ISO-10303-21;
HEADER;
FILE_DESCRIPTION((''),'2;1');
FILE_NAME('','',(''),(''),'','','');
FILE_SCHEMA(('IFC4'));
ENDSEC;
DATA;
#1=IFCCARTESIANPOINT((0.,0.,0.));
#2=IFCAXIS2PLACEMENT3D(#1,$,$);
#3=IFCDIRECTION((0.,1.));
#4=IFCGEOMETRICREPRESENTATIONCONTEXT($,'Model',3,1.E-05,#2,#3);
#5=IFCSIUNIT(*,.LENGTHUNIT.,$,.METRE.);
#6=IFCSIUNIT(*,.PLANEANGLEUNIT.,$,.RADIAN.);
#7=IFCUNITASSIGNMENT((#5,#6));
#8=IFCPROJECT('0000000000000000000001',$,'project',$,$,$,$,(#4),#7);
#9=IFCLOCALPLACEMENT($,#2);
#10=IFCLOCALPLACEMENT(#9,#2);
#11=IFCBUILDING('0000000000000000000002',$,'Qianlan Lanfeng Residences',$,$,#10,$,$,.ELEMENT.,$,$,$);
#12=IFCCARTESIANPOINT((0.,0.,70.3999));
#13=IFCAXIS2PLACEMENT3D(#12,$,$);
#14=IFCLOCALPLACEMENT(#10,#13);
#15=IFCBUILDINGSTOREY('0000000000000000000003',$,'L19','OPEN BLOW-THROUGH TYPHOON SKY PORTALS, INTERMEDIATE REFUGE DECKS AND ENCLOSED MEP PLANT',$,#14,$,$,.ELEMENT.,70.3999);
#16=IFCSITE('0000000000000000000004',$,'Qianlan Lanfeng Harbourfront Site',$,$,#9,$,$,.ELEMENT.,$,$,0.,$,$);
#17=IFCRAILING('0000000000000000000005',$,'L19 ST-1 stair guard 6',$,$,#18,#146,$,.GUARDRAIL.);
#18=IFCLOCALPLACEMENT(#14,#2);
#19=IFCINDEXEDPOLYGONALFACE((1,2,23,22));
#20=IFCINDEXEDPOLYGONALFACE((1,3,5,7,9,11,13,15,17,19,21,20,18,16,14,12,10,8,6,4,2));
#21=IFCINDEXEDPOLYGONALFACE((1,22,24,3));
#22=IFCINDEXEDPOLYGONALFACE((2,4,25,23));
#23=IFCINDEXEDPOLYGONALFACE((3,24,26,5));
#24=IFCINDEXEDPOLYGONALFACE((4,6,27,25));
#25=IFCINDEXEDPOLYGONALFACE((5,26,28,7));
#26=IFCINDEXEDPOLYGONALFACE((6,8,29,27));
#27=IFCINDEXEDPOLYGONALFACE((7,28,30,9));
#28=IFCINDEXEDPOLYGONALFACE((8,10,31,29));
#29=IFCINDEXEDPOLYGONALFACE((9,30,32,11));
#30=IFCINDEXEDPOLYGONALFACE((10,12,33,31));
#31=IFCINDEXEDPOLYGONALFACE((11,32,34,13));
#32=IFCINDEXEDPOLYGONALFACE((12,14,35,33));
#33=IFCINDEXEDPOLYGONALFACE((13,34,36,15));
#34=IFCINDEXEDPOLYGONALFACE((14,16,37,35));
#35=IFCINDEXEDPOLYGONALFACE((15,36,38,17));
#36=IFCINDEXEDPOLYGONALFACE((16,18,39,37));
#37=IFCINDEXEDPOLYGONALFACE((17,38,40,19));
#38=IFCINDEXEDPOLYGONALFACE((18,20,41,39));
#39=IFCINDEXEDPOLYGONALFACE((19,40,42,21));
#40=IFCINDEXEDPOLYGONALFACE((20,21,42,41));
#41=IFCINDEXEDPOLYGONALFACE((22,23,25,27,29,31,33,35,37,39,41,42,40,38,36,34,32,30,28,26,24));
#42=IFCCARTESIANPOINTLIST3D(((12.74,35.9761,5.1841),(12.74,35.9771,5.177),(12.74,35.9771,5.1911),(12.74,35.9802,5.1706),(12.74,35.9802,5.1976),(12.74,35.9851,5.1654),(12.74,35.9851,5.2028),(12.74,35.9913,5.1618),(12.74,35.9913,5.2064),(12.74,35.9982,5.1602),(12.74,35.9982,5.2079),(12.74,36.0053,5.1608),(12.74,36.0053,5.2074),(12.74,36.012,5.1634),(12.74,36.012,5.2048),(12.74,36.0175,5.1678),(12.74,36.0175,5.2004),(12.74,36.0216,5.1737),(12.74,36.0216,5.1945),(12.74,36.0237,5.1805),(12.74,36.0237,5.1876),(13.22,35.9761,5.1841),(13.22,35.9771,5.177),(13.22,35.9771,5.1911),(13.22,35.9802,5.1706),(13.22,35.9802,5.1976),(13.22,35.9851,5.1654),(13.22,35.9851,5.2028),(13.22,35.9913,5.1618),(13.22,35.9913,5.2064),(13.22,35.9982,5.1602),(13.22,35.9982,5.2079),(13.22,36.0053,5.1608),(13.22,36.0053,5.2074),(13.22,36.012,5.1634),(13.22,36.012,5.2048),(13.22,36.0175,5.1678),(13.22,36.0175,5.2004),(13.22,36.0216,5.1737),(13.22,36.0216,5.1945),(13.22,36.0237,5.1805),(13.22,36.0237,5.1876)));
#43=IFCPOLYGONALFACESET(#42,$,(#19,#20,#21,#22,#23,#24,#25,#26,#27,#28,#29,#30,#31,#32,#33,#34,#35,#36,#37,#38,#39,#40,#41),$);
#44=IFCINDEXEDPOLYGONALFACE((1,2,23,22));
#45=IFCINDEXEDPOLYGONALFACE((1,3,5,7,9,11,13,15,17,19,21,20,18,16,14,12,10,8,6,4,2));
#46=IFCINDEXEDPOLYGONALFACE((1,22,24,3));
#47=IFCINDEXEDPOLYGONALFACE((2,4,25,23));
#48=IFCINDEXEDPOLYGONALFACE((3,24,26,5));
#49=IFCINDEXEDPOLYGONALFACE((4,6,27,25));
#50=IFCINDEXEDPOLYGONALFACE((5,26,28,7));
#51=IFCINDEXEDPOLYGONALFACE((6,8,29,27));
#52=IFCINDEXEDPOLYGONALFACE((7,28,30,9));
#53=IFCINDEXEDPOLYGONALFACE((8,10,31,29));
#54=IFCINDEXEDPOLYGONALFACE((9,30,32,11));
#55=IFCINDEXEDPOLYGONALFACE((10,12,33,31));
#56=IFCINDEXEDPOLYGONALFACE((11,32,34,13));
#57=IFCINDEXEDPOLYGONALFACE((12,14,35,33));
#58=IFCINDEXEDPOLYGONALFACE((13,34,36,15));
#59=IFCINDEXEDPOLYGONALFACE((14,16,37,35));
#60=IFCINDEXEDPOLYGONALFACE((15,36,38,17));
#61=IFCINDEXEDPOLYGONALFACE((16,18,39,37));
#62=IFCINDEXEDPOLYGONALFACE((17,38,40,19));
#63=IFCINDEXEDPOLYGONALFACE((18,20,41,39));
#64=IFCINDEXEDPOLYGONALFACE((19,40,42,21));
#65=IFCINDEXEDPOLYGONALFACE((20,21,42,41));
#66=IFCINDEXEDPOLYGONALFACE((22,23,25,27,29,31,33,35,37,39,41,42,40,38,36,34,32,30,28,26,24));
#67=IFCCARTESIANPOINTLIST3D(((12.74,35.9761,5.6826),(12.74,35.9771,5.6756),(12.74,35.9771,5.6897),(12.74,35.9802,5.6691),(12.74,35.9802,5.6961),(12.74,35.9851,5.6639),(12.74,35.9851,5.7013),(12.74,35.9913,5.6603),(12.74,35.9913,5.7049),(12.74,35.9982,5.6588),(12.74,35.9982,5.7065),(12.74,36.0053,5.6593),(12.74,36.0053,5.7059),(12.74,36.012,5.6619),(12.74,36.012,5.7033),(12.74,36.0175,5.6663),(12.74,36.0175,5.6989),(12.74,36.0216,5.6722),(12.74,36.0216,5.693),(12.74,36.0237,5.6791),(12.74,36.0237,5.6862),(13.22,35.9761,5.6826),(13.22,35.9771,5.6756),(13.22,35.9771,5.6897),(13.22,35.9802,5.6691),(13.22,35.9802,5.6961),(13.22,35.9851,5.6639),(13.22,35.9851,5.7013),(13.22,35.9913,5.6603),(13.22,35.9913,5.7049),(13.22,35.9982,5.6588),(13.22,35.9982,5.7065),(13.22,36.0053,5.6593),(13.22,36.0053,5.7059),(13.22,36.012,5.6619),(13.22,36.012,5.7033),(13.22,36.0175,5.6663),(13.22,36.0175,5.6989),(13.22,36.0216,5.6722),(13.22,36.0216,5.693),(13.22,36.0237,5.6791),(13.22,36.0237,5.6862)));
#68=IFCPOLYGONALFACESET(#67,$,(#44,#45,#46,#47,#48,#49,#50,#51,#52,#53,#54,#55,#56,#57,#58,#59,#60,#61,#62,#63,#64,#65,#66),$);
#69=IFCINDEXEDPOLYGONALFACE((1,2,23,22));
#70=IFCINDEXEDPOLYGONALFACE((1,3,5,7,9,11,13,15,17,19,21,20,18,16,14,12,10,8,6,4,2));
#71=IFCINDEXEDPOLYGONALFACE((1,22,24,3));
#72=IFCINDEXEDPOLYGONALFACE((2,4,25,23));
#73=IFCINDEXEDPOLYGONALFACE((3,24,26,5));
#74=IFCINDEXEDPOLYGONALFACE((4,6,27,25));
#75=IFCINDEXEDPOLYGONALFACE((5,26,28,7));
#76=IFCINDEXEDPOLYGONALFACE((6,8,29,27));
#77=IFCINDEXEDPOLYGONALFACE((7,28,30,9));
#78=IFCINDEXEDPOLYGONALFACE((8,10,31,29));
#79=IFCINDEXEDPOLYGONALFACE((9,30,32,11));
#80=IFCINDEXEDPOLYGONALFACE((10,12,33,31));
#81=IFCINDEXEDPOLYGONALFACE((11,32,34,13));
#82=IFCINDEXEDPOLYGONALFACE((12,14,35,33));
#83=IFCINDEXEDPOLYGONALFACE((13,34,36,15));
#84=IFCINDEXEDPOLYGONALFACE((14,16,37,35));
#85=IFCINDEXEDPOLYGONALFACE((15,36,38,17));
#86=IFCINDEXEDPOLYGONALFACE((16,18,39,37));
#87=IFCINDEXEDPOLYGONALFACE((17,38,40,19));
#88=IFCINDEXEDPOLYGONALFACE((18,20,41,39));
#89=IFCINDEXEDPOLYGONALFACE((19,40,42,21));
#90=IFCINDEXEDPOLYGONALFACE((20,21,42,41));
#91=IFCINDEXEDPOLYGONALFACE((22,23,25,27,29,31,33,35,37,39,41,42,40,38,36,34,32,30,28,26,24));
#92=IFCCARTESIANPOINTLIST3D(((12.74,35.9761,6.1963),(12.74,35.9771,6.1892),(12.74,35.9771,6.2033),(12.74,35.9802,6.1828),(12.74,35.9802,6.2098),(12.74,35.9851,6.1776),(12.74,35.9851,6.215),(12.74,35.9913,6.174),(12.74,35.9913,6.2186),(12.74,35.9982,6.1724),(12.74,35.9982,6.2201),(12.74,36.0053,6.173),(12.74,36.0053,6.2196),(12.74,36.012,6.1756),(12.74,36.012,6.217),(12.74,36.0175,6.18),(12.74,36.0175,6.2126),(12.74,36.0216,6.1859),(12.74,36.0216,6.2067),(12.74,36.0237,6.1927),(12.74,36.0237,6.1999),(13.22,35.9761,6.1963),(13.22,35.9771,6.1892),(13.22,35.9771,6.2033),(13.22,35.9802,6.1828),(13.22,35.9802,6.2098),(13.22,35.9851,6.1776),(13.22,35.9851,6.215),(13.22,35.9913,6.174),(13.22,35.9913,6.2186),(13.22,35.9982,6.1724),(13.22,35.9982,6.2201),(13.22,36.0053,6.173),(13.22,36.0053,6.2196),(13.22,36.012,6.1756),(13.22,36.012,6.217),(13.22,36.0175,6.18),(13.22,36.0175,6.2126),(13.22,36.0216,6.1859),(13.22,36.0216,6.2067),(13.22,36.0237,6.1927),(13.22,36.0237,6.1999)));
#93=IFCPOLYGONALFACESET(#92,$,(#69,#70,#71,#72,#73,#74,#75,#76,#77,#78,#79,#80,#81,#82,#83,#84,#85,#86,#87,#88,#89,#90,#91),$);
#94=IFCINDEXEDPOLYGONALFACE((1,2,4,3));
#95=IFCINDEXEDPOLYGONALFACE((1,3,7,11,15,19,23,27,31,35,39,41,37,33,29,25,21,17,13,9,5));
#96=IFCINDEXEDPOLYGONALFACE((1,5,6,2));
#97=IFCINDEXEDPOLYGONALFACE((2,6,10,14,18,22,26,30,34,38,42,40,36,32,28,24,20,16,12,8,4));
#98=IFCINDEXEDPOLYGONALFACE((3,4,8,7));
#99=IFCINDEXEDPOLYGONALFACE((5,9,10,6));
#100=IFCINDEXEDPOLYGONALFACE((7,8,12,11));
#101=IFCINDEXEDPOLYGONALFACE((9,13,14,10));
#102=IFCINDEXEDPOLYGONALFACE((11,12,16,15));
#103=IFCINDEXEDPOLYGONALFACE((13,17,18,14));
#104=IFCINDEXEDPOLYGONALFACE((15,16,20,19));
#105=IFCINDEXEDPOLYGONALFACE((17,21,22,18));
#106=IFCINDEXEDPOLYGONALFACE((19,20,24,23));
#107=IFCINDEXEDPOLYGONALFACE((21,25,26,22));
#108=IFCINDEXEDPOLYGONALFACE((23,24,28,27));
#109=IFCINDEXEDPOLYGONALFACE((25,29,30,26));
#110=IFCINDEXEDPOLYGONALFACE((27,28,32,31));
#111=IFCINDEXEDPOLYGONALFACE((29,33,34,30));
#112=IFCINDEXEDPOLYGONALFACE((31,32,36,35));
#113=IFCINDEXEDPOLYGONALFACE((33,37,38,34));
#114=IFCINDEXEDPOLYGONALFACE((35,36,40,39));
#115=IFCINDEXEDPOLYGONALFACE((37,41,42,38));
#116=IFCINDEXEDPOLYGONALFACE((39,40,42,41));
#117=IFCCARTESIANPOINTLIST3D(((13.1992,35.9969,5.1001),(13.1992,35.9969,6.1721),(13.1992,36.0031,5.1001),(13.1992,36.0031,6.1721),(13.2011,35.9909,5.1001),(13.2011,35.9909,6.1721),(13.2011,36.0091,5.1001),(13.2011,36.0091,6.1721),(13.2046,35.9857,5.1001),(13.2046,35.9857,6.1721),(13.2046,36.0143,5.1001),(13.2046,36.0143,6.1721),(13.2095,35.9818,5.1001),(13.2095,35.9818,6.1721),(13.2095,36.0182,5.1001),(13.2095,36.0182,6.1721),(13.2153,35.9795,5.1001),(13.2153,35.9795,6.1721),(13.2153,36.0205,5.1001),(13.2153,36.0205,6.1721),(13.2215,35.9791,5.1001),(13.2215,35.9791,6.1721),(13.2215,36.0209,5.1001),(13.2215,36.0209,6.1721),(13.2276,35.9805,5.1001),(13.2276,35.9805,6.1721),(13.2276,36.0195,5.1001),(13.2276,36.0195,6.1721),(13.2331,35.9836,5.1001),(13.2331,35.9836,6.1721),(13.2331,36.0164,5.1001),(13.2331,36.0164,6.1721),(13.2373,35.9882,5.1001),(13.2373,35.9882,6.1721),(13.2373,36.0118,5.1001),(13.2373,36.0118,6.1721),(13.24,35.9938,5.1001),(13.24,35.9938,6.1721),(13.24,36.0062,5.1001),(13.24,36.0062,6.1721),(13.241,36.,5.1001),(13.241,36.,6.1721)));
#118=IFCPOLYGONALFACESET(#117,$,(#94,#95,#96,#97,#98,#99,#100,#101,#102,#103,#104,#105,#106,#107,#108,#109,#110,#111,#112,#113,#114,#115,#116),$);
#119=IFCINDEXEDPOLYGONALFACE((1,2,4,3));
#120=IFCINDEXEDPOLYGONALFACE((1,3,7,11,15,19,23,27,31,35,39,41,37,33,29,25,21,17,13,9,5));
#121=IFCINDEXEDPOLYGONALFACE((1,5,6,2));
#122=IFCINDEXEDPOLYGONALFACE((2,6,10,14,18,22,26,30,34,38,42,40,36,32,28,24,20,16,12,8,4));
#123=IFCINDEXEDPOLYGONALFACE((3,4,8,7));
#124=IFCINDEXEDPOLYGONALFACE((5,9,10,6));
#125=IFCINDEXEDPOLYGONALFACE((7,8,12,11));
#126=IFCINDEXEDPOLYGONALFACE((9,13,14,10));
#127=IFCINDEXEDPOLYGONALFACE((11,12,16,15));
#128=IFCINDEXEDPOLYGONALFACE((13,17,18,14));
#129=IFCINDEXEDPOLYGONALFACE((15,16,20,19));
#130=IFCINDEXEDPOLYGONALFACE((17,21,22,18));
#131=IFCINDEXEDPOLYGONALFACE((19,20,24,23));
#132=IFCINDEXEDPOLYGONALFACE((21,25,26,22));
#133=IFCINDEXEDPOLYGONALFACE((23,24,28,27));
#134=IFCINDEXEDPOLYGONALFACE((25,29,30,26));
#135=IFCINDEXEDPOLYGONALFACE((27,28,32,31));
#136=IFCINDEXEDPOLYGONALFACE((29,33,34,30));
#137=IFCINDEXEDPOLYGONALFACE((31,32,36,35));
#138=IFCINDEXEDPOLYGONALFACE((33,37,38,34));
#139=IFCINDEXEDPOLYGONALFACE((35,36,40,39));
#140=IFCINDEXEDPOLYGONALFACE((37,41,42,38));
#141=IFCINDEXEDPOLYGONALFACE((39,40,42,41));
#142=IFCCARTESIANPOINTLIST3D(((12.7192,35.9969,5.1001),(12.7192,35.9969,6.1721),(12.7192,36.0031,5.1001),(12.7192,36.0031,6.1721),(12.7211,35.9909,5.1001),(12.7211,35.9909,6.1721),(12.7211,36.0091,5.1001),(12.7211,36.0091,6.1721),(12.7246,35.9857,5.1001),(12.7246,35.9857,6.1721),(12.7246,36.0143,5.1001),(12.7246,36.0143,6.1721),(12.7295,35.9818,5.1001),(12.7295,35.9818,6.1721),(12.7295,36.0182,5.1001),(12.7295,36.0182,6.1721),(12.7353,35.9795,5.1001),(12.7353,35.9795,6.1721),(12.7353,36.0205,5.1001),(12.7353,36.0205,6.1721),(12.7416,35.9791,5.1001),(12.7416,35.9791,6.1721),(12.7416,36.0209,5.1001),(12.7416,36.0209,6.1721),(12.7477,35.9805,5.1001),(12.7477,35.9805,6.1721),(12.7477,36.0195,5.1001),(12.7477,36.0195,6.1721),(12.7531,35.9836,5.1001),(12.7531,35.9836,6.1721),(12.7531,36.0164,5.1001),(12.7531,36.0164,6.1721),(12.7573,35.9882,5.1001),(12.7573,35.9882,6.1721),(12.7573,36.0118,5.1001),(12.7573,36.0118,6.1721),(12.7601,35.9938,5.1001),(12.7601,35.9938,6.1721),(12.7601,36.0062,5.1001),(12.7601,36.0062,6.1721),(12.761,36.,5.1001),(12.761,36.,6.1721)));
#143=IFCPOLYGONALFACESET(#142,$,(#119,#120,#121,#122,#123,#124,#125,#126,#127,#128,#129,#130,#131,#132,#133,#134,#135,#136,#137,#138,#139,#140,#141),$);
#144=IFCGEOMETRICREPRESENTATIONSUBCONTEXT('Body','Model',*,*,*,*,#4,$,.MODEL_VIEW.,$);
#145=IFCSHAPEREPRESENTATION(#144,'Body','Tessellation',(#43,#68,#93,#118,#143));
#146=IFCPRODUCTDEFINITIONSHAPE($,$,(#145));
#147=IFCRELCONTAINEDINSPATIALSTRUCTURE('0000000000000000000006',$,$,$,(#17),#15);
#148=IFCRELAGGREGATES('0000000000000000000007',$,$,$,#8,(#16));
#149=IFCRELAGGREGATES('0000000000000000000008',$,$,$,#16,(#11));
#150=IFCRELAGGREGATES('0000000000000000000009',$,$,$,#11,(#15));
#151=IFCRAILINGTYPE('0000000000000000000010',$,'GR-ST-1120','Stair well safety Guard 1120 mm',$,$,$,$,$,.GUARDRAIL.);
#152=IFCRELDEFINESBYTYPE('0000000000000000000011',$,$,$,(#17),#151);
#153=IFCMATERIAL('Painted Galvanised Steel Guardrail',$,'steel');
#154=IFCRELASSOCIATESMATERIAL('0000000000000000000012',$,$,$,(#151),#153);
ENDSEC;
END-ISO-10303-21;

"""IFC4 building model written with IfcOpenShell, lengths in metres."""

from ifc_helpers import new_model, si_unit, direction, frame, origin, origin_2d, place, context, subcontext, project, spatial, circle, extrude, material, type_object, element, save


model = new_model("IFC4")

# Units and contexts
model_context = context("Model", 3, precision=1e-05, world=origin(), true_north=direction((0.0, 1.0)))
body_context = subcontext(model_context, "Body", "Model", "MODEL_VIEW")
ifc_project = project(units=[si_unit("LENGTHUNIT", "METRE"), si_unit("PLANEANGLEUNIT", "RADIAN")], contexts=[model_context])

# Site, building, storey
site_placement = place(None, origin())
site = spatial("IfcSite", under=ifc_project, at=site_placement, Name="Qianlan Lanfeng Harbourfront Site", CompositionType="ELEMENT", RefElevation=0.0)
building_placement = place(site_placement, origin())
building = spatial("IfcBuilding", under=site, at=building_placement, Name="Qianlan Lanfeng Residences", CompositionType="ELEMENT")
storey_placement = place(building_placement, frame((0.0, 0.0, 70.3999)))
storey = spatial("IfcBuildingStorey", under=building, at=storey_placement, Name="L19", Description="OPEN BLOW-THROUGH TYPHOON SKY PORTALS, INTERMEDIATE REFUGE DECKS AND ENCLOSED MEP PLANT", CompositionType="ELEMENT", Elevation=70.3999)

# Railing
ifc_material_1 = material(Name="Painted Galvanised Steel Guardrail", Category="steel")
railing_type_1 = type_object("IfcRailingType", Name="GR-ST-1120", Description="Stair well safety Guard 1120 mm", PredefinedType="GUARDRAIL", material=ifc_material_1)
for number, where, name in (
    (1, (13.22, 36.0, 5.1001), "L19 ST-1 stair guard 6"),
):
    element("IfcRailing", number, at=place(storey_placement, frame(where)), inside=storey, type_object=railing_type_1, Name=name, PredefinedType="GUARDRAIL", context=body_context, shape_type="SweptSolid", body=[
        extrude(circle(Radius=0.0239, at=origin_2d()), frame((0.0, 0.0, 0.084), z_axis=(-1.0, 0.0, 0.0), x_axis=(0.0, -1.0, 0.0)), (0.0, 0.0, 1.0), 0.48),
        extrude(circle(Radius=0.0239, at=origin_2d()), frame((0.0, 0.0, 0.5825), z_axis=(-1.0, 0.0, 0.0), x_axis=(0.0, -1.0, 0.0)), (0.0, 0.0, 1.0), 0.48),
        extrude(circle(Radius=0.0239, at=origin_2d()), frame((0.0, 0.0, 1.0962), z_axis=(-1.0, 0.0, 0.0), x_axis=(0.0, -1.0, 0.0)), (0.0, 0.0, 1.0), 0.48),
        extrude(circle(Radius=0.021, at=origin_2d()), origin(), (0.0, 0.0, 1.0), 1.072),
        extrude(circle(Radius=0.021, at=origin_2d()), frame((-0.48, 0.0, 0.0)), (0.0, 0.0, 1.0), 1.072),
    ])

save(model, "model.ifc")
